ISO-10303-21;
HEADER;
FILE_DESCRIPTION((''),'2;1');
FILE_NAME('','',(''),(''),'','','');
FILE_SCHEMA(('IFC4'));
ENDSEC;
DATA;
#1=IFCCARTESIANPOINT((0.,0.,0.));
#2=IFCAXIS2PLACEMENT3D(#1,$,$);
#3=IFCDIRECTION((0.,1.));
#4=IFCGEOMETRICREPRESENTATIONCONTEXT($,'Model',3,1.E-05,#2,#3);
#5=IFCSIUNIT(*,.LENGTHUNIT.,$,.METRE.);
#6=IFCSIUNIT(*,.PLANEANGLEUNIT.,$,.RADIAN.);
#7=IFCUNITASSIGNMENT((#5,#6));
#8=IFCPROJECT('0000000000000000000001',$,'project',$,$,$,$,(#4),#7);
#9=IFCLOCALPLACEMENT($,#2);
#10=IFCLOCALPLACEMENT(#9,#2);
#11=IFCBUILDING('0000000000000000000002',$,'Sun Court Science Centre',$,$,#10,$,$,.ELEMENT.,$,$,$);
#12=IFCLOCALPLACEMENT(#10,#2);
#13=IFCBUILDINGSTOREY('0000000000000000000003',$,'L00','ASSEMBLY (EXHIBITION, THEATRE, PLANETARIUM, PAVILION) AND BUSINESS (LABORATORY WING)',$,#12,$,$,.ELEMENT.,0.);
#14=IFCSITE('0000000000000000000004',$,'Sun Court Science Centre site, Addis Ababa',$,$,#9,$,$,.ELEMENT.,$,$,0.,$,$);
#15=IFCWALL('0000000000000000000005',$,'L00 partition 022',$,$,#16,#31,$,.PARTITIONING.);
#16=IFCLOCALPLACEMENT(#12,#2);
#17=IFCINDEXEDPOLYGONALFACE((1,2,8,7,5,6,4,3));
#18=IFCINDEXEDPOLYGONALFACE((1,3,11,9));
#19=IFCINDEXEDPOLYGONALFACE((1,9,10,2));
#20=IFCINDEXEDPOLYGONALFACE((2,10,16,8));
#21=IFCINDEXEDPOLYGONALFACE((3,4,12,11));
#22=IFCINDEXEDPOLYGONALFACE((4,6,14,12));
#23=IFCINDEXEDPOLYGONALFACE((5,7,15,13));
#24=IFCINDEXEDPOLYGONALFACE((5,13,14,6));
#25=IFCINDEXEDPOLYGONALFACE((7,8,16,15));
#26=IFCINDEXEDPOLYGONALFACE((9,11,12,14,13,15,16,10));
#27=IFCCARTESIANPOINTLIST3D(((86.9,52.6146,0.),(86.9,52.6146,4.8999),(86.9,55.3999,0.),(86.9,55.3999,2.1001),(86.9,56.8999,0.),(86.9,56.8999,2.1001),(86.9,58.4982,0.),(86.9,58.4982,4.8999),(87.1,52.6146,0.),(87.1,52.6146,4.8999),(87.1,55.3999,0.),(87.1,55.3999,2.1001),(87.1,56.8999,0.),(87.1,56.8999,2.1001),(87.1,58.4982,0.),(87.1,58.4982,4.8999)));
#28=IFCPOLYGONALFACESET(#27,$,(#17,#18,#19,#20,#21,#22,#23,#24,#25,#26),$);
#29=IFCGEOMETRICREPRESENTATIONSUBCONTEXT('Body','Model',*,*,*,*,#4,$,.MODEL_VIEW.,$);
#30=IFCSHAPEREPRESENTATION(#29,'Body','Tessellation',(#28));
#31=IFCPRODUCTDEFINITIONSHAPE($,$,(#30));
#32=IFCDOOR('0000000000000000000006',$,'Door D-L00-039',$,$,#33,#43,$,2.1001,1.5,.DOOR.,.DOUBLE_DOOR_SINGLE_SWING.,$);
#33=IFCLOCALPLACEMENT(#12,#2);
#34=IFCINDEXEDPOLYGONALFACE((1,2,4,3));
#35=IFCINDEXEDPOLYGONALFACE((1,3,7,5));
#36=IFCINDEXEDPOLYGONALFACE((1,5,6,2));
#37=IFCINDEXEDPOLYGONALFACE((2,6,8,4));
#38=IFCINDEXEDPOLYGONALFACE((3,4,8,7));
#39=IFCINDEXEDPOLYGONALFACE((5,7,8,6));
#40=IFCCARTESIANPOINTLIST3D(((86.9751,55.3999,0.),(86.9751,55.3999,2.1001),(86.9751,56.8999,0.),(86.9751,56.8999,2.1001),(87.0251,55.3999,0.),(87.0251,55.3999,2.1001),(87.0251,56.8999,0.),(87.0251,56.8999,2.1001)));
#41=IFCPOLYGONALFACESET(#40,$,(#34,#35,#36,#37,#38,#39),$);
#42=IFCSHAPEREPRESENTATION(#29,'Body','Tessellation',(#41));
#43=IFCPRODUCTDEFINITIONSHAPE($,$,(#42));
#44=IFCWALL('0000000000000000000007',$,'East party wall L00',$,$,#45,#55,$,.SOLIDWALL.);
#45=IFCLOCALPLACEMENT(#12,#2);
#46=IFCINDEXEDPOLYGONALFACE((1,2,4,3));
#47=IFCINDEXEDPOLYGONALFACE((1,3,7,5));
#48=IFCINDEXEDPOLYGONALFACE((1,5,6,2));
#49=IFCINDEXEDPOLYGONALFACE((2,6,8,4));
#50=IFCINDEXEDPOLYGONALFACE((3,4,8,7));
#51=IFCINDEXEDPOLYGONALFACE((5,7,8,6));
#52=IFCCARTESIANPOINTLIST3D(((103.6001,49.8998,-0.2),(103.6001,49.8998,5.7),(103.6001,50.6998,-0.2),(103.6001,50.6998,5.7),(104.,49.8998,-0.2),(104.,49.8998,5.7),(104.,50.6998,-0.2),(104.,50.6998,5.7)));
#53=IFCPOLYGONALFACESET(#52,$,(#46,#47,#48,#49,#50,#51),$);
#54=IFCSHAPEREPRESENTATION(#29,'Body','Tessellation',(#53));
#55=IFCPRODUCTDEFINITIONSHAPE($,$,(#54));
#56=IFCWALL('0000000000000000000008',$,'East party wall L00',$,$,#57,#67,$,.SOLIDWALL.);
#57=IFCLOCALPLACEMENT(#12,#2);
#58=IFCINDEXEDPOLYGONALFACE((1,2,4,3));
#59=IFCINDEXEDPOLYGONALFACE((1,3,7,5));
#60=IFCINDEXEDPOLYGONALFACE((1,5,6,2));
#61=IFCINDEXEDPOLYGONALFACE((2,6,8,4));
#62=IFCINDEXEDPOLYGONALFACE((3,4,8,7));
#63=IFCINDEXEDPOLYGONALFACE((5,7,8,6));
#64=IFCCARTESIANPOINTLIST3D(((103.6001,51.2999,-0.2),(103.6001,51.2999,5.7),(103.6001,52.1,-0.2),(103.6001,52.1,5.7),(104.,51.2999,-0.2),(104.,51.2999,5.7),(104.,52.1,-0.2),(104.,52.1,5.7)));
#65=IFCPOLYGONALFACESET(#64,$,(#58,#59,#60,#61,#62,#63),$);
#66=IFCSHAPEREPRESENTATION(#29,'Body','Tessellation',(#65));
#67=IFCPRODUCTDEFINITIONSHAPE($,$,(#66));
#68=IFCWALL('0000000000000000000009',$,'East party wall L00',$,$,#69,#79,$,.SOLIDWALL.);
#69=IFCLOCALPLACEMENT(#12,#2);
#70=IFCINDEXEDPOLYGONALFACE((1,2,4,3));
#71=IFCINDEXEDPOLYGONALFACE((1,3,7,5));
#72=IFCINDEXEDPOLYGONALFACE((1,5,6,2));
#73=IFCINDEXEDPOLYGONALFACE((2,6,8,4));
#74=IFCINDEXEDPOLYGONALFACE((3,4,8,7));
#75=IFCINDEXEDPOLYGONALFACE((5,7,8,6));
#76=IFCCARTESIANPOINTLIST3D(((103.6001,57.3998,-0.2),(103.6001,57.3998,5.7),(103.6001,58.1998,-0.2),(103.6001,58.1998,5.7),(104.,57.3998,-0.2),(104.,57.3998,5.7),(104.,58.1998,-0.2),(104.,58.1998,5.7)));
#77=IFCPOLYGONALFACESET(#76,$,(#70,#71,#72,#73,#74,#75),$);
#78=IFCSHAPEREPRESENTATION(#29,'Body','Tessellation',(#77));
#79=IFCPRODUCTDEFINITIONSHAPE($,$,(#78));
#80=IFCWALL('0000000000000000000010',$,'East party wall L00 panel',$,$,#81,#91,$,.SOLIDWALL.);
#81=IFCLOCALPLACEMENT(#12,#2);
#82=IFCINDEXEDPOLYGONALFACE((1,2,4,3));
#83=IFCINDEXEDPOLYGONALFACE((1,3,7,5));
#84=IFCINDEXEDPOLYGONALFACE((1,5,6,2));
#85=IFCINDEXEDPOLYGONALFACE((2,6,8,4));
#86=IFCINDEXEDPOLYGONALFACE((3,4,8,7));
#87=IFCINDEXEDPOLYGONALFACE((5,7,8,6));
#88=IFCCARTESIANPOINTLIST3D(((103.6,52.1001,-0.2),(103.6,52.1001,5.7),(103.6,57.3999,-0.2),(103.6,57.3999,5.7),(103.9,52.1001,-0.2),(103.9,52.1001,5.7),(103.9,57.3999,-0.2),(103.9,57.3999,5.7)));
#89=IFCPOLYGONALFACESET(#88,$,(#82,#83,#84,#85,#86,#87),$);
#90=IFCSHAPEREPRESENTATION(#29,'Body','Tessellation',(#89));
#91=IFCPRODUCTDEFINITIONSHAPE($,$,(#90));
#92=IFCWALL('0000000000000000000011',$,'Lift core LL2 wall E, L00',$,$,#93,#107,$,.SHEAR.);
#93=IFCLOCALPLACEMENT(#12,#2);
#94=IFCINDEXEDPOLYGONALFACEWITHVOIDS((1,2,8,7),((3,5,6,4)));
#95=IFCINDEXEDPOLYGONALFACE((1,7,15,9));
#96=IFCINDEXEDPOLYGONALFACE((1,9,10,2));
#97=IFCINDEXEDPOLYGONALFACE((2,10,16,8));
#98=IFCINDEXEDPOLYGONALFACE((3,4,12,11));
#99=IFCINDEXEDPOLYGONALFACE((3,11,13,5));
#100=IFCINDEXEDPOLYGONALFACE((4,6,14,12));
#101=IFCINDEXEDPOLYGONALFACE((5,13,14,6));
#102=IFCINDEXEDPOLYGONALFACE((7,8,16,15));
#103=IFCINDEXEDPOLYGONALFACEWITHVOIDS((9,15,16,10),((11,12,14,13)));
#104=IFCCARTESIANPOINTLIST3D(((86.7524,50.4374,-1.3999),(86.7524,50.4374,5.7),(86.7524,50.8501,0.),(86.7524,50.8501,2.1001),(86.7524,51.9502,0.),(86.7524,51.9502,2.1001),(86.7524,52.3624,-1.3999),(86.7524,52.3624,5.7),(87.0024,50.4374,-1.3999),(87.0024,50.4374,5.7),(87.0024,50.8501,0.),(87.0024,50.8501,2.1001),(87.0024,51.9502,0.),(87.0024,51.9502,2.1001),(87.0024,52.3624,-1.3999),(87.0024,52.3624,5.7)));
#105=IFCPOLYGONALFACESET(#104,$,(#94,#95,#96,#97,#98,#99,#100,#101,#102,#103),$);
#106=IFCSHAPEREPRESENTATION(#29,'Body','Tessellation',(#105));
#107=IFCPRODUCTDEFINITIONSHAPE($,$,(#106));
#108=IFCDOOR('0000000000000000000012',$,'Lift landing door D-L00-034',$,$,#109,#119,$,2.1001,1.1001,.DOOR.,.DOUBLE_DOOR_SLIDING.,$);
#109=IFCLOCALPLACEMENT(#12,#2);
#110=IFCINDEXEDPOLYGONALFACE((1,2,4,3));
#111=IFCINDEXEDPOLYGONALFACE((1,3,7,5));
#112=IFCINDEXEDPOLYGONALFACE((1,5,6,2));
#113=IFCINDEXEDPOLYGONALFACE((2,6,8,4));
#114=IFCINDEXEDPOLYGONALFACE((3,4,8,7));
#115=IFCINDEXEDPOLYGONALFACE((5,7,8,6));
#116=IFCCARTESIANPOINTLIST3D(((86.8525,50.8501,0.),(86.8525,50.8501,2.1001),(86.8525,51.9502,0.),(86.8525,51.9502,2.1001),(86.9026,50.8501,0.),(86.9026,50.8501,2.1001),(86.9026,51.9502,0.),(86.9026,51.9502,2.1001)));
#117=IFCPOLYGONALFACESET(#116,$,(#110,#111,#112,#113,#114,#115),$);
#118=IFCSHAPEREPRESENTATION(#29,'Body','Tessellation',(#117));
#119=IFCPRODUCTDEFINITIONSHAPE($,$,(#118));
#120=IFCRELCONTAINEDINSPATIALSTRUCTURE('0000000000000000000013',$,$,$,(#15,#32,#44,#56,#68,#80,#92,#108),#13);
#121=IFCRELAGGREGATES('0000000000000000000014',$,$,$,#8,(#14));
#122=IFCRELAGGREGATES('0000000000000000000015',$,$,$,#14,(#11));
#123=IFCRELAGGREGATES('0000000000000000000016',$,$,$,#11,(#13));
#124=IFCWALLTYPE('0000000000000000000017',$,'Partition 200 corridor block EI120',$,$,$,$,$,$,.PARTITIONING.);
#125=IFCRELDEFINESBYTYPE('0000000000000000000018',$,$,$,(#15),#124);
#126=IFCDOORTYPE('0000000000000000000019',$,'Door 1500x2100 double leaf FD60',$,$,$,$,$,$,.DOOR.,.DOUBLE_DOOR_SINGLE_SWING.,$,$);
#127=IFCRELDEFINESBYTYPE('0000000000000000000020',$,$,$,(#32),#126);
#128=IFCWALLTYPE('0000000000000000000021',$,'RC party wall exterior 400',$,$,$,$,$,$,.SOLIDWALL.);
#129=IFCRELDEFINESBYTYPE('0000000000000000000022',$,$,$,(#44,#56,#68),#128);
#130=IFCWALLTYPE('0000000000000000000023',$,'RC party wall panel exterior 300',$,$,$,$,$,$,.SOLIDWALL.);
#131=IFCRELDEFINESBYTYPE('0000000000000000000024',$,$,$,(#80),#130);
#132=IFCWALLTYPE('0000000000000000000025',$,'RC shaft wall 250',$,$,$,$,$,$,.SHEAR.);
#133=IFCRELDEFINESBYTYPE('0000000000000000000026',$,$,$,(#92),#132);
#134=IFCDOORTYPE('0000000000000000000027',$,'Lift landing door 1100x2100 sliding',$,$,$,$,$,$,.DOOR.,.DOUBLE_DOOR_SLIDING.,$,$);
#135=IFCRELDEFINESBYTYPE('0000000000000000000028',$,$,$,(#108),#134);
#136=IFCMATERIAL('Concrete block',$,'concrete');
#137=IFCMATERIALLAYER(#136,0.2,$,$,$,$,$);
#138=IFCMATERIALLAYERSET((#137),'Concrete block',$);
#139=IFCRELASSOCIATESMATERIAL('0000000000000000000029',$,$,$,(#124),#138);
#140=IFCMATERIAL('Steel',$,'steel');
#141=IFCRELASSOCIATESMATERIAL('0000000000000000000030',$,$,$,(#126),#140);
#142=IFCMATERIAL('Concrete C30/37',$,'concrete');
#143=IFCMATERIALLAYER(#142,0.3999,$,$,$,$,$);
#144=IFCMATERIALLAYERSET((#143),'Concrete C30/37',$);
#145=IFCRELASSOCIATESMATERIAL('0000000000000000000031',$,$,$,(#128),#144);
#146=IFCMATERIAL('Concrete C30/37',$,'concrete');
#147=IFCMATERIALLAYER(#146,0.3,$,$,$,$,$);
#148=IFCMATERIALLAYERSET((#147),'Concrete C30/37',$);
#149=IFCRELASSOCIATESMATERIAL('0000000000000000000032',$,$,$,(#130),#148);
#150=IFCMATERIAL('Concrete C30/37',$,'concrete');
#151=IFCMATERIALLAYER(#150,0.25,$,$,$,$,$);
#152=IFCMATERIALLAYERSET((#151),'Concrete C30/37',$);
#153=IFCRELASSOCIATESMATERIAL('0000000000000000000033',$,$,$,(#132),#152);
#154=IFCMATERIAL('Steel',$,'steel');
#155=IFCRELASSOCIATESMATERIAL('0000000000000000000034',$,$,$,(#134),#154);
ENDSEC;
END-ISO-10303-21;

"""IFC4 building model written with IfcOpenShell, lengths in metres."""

from ifc_helpers import new_model, si_unit, direction, frame, frame_2d, origin, place, context, subcontext, project, spatial, rectangle, extrude, material, layer, layer_set, type_object, element, fill, save


model = new_model("IFC4")

# Units and contexts
model_context = context("Model", 3, precision=1e-05, world=origin(), true_north=direction((0.0, 1.0)))
body_context = subcontext(model_context, "Body", "Model", "MODEL_VIEW")
ifc_project = project(units=[si_unit("LENGTHUNIT", "METRE"), si_unit("PLANEANGLEUNIT", "RADIAN")], contexts=[model_context])

# Site, building, storey
site_placement = place(None, origin())
site = spatial("IfcSite", under=ifc_project, at=site_placement, Name="Sun Court Science Centre site, Addis Ababa", CompositionType="ELEMENT", RefElevation=0.0)
building_placement = place(site_placement, origin())
building = spatial("IfcBuilding", under=site, at=building_placement, Name="Sun Court Science Centre", CompositionType="ELEMENT")
storey_placement = place(building_placement, origin())
storey = spatial("IfcBuildingStorey", under=building, at=storey_placement, Name="L00", Description="ASSEMBLY (EXHIBITION, THEATRE, PLANETARIUM, PAVILION) AND BUSINESS (LABORATORY WING)", CompositionType="ELEMENT", Elevation=0.0)

# Wall, opening, door
ifc_material_1 = material(Name="Concrete block", Category="concrete")
ifc_layer_1 = layer(ifc_material_1, 0.2)
ifc_layer_set_1 = layer_set([ifc_layer_1], Name="Concrete block")
wall_type_1 = type_object("IfcWallType", Name="Partition 200 corridor block EI120", PredefinedType="PARTITIONING", material=ifc_layer_set_1)
wall_1_placement = place(storey_placement, frame((87.0, 52.6145, 0.0), z_axis=(0.0, 0.0, 1.0), x_axis=(0.0, 1.0, 0.0)))
wall_1 = element("IfcWall", 1, at=wall_1_placement, inside=storey, type_object=wall_type_1, Name="L00 partition 022", PredefinedType="PARTITIONING", context=body_context, shape_type="SweptSolid", body=[
    extrude(rectangle(XDim=5.8835, YDim=0.2, at=frame_2d((2.9419, 0.0))), origin(), (0.0, 0.0, 1.0), 4.8999),
])
opening_1_placement = place(wall_1_placement, frame((2.7854, 0.0, 0.0)))
opening_1 = element("IfcOpeningElement", 2, at=opening_1_placement, cuts=wall_1, PredefinedType="OPENING", context=body_context, shape_type="SweptSolid", body=[
    extrude(rectangle(XDim=1.5, YDim=2.1001, at=frame_2d((0.75, 1.05))), frame((0.0, 0.1099, 0.0), z_axis=(0.0, -1.0, 0.0), x_axis=(1.0, 0.0, 0.0)), (0.0, 0.0, 1.0), 0.22),
])
ifc_material_2 = material(Name="Steel", Category="steel")
door_type_1 = type_object("IfcDoorType", Name="Door 1500x2100 double leaf FD60", OperationType="DOUBLE_DOOR_SINGLE_SWING", PredefinedType="DOOR", material=ifc_material_2)
door_1_placement = place(opening_1_placement, origin())
door_1 = element("IfcDoor", 3, at=door_1_placement, inside=storey, type_object=door_type_1, Name="Door D-L00-039", OperationType="DOUBLE_DOOR_SINGLE_SWING", OverallHeight=2.1001, OverallWidth=1.5, PredefinedType="DOOR", context=body_context, shape_type="SweptSolid", body=[
    extrude(rectangle(XDim=1.5, YDim=2.1001, at=frame_2d((0.75, 1.05))), frame((0.0, 0.0249, 0.0), z_axis=(0.0, -1.0, 0.0), x_axis=(1.0, 0.0, 0.0)), (0.0, 0.0, 1.0), 0.05),
])
fill(opening_1, door_1)

# Walls
ifc_material_3 = material(Name="Concrete C30/37", Category="concrete")
ifc_layer_2 = layer(ifc_material_3, 0.3999)
ifc_layer_set_2 = layer_set([ifc_layer_2], Name="Concrete C30/37")
wall_type_2 = type_object("IfcWallType", Name="RC party wall exterior 400", PredefinedType="SOLIDWALL", material=ifc_layer_set_2)
for number, where, z_axis, x_axis, name in (
    (4, (103.8, 49.8999, -0.2), (0.0, 0.0, 1.0), (0.0, 1.0, 0.0), "East party wall L00"),
    (5, (103.8, 51.3, -0.2), (0.0, 0.0, 1.0), (0.0, 1.0, 0.0), "East party wall L00"),
    (6, (103.8, 57.3999, -0.2), (0.0, 0.0, 1.0), (0.0, 1.0, 0.0), "East party wall L00"),
):
    element("IfcWall", number, at=place(storey_placement, frame(where, z_axis=z_axis, x_axis=x_axis)), inside=storey, type_object=wall_type_2, Name=name, PredefinedType="SOLIDWALL", context=body_context, shape_type="SweptSolid", body=[
        extrude(rectangle(XDim=0.8, YDim=0.3999, at=frame_2d((0.3999, 0.0))), origin(), (0.0, 0.0, 1.0), 5.8999),
    ])
ifc_material_4 = material(Name="Concrete C30/37", Category="concrete")
ifc_layer_3 = layer(ifc_material_4, 0.3)
ifc_layer_set_3 = layer_set([ifc_layer_3], Name="Concrete C30/37")
wall_type_3 = type_object("IfcWallType", Name="RC party wall panel exterior 300", PredefinedType="SOLIDWALL", material=ifc_layer_set_3)
wall_2_placement = place(storey_placement, frame((103.75, 52.1001, -0.2), z_axis=(0.0, 0.0, 1.0), x_axis=(0.0, 1.0, 0.0)))
element("IfcWall", 7, at=wall_2_placement, inside=storey, type_object=wall_type_3, Name="East party wall L00 panel", PredefinedType="SOLIDWALL", context=body_context, shape_type="SweptSolid", body=[
    extrude(rectangle(XDim=5.2998, YDim=0.3, at=frame_2d((2.6499, 0.0))), origin(), (0.0, 0.0, 1.0), 5.8999),
])

# Wall, opening, door
ifc_material_5 = material(Name="Concrete C30/37", Category="concrete")
ifc_layer_4 = layer(ifc_material_5, 0.25)
ifc_layer_set_4 = layer_set([ifc_layer_4], Name="Concrete C30/37")
wall_type_4 = type_object("IfcWallType", Name="RC shaft wall 250", PredefinedType="SHEAR", material=ifc_layer_set_4)
wall_3_placement = place(storey_placement, frame((86.8774, 50.4375, -1.3999), z_axis=(0.0, 0.0, 1.0), x_axis=(0.0, 1.0, 0.0)))
wall_3 = element("IfcWall", 8, at=wall_3_placement, inside=storey, type_object=wall_type_4, Name="Lift core LL2 wall E, L00", PredefinedType="SHEAR", context=body_context, shape_type="SweptSolid", body=[
    extrude(rectangle(XDim=1.925, YDim=0.25, at=frame_2d((0.9624, 0.0))), origin(), (0.0, 0.0, 1.0), 7.0999),
])
opening_2_placement = place(wall_3_placement, frame((0.4126, 0.0, 1.3999)))
opening_2 = element("IfcOpeningElement", 9, at=opening_2_placement, cuts=wall_3, PredefinedType="OPENING", context=body_context, shape_type="SweptSolid", body=[
    extrude(rectangle(XDim=1.1001, YDim=2.1001, at=frame_2d((0.55, 1.05))), frame((0.0, 0.135, 0.0), z_axis=(0.0, -1.0, 0.0), x_axis=(1.0, 0.0, 0.0)), (0.0, 0.0, 1.0), 0.27),
])
ifc_material_6 = material(Name="Steel", Category="steel")
door_type_2 = type_object("IfcDoorType", Name="Lift landing door 1100x2100 sliding", OperationType="DOUBLE_DOOR_SLIDING", PredefinedType="DOOR", material=ifc_material_6)
door_2_placement = place(opening_2_placement, origin())
door_2 = element("IfcDoor", 10, at=door_2_placement, inside=storey, type_object=door_type_2, Name="Lift landing door D-L00-034", OperationType="DOUBLE_DOOR_SLIDING", OverallHeight=2.1001, OverallWidth=1.1001, PredefinedType="DOOR", context=body_context, shape_type="SweptSolid", body=[
    extrude(rectangle(XDim=1.1001, YDim=2.1001, at=frame_2d((0.55, 1.05))), frame((0.0, 0.0249, 0.0), z_axis=(0.0, -1.0, 0.0), x_axis=(1.0, 0.0, 0.0)), (0.0, 0.0, 1.0), 0.05),
])
fill(opening_2, door_2)

save(model, "model.ifc")
